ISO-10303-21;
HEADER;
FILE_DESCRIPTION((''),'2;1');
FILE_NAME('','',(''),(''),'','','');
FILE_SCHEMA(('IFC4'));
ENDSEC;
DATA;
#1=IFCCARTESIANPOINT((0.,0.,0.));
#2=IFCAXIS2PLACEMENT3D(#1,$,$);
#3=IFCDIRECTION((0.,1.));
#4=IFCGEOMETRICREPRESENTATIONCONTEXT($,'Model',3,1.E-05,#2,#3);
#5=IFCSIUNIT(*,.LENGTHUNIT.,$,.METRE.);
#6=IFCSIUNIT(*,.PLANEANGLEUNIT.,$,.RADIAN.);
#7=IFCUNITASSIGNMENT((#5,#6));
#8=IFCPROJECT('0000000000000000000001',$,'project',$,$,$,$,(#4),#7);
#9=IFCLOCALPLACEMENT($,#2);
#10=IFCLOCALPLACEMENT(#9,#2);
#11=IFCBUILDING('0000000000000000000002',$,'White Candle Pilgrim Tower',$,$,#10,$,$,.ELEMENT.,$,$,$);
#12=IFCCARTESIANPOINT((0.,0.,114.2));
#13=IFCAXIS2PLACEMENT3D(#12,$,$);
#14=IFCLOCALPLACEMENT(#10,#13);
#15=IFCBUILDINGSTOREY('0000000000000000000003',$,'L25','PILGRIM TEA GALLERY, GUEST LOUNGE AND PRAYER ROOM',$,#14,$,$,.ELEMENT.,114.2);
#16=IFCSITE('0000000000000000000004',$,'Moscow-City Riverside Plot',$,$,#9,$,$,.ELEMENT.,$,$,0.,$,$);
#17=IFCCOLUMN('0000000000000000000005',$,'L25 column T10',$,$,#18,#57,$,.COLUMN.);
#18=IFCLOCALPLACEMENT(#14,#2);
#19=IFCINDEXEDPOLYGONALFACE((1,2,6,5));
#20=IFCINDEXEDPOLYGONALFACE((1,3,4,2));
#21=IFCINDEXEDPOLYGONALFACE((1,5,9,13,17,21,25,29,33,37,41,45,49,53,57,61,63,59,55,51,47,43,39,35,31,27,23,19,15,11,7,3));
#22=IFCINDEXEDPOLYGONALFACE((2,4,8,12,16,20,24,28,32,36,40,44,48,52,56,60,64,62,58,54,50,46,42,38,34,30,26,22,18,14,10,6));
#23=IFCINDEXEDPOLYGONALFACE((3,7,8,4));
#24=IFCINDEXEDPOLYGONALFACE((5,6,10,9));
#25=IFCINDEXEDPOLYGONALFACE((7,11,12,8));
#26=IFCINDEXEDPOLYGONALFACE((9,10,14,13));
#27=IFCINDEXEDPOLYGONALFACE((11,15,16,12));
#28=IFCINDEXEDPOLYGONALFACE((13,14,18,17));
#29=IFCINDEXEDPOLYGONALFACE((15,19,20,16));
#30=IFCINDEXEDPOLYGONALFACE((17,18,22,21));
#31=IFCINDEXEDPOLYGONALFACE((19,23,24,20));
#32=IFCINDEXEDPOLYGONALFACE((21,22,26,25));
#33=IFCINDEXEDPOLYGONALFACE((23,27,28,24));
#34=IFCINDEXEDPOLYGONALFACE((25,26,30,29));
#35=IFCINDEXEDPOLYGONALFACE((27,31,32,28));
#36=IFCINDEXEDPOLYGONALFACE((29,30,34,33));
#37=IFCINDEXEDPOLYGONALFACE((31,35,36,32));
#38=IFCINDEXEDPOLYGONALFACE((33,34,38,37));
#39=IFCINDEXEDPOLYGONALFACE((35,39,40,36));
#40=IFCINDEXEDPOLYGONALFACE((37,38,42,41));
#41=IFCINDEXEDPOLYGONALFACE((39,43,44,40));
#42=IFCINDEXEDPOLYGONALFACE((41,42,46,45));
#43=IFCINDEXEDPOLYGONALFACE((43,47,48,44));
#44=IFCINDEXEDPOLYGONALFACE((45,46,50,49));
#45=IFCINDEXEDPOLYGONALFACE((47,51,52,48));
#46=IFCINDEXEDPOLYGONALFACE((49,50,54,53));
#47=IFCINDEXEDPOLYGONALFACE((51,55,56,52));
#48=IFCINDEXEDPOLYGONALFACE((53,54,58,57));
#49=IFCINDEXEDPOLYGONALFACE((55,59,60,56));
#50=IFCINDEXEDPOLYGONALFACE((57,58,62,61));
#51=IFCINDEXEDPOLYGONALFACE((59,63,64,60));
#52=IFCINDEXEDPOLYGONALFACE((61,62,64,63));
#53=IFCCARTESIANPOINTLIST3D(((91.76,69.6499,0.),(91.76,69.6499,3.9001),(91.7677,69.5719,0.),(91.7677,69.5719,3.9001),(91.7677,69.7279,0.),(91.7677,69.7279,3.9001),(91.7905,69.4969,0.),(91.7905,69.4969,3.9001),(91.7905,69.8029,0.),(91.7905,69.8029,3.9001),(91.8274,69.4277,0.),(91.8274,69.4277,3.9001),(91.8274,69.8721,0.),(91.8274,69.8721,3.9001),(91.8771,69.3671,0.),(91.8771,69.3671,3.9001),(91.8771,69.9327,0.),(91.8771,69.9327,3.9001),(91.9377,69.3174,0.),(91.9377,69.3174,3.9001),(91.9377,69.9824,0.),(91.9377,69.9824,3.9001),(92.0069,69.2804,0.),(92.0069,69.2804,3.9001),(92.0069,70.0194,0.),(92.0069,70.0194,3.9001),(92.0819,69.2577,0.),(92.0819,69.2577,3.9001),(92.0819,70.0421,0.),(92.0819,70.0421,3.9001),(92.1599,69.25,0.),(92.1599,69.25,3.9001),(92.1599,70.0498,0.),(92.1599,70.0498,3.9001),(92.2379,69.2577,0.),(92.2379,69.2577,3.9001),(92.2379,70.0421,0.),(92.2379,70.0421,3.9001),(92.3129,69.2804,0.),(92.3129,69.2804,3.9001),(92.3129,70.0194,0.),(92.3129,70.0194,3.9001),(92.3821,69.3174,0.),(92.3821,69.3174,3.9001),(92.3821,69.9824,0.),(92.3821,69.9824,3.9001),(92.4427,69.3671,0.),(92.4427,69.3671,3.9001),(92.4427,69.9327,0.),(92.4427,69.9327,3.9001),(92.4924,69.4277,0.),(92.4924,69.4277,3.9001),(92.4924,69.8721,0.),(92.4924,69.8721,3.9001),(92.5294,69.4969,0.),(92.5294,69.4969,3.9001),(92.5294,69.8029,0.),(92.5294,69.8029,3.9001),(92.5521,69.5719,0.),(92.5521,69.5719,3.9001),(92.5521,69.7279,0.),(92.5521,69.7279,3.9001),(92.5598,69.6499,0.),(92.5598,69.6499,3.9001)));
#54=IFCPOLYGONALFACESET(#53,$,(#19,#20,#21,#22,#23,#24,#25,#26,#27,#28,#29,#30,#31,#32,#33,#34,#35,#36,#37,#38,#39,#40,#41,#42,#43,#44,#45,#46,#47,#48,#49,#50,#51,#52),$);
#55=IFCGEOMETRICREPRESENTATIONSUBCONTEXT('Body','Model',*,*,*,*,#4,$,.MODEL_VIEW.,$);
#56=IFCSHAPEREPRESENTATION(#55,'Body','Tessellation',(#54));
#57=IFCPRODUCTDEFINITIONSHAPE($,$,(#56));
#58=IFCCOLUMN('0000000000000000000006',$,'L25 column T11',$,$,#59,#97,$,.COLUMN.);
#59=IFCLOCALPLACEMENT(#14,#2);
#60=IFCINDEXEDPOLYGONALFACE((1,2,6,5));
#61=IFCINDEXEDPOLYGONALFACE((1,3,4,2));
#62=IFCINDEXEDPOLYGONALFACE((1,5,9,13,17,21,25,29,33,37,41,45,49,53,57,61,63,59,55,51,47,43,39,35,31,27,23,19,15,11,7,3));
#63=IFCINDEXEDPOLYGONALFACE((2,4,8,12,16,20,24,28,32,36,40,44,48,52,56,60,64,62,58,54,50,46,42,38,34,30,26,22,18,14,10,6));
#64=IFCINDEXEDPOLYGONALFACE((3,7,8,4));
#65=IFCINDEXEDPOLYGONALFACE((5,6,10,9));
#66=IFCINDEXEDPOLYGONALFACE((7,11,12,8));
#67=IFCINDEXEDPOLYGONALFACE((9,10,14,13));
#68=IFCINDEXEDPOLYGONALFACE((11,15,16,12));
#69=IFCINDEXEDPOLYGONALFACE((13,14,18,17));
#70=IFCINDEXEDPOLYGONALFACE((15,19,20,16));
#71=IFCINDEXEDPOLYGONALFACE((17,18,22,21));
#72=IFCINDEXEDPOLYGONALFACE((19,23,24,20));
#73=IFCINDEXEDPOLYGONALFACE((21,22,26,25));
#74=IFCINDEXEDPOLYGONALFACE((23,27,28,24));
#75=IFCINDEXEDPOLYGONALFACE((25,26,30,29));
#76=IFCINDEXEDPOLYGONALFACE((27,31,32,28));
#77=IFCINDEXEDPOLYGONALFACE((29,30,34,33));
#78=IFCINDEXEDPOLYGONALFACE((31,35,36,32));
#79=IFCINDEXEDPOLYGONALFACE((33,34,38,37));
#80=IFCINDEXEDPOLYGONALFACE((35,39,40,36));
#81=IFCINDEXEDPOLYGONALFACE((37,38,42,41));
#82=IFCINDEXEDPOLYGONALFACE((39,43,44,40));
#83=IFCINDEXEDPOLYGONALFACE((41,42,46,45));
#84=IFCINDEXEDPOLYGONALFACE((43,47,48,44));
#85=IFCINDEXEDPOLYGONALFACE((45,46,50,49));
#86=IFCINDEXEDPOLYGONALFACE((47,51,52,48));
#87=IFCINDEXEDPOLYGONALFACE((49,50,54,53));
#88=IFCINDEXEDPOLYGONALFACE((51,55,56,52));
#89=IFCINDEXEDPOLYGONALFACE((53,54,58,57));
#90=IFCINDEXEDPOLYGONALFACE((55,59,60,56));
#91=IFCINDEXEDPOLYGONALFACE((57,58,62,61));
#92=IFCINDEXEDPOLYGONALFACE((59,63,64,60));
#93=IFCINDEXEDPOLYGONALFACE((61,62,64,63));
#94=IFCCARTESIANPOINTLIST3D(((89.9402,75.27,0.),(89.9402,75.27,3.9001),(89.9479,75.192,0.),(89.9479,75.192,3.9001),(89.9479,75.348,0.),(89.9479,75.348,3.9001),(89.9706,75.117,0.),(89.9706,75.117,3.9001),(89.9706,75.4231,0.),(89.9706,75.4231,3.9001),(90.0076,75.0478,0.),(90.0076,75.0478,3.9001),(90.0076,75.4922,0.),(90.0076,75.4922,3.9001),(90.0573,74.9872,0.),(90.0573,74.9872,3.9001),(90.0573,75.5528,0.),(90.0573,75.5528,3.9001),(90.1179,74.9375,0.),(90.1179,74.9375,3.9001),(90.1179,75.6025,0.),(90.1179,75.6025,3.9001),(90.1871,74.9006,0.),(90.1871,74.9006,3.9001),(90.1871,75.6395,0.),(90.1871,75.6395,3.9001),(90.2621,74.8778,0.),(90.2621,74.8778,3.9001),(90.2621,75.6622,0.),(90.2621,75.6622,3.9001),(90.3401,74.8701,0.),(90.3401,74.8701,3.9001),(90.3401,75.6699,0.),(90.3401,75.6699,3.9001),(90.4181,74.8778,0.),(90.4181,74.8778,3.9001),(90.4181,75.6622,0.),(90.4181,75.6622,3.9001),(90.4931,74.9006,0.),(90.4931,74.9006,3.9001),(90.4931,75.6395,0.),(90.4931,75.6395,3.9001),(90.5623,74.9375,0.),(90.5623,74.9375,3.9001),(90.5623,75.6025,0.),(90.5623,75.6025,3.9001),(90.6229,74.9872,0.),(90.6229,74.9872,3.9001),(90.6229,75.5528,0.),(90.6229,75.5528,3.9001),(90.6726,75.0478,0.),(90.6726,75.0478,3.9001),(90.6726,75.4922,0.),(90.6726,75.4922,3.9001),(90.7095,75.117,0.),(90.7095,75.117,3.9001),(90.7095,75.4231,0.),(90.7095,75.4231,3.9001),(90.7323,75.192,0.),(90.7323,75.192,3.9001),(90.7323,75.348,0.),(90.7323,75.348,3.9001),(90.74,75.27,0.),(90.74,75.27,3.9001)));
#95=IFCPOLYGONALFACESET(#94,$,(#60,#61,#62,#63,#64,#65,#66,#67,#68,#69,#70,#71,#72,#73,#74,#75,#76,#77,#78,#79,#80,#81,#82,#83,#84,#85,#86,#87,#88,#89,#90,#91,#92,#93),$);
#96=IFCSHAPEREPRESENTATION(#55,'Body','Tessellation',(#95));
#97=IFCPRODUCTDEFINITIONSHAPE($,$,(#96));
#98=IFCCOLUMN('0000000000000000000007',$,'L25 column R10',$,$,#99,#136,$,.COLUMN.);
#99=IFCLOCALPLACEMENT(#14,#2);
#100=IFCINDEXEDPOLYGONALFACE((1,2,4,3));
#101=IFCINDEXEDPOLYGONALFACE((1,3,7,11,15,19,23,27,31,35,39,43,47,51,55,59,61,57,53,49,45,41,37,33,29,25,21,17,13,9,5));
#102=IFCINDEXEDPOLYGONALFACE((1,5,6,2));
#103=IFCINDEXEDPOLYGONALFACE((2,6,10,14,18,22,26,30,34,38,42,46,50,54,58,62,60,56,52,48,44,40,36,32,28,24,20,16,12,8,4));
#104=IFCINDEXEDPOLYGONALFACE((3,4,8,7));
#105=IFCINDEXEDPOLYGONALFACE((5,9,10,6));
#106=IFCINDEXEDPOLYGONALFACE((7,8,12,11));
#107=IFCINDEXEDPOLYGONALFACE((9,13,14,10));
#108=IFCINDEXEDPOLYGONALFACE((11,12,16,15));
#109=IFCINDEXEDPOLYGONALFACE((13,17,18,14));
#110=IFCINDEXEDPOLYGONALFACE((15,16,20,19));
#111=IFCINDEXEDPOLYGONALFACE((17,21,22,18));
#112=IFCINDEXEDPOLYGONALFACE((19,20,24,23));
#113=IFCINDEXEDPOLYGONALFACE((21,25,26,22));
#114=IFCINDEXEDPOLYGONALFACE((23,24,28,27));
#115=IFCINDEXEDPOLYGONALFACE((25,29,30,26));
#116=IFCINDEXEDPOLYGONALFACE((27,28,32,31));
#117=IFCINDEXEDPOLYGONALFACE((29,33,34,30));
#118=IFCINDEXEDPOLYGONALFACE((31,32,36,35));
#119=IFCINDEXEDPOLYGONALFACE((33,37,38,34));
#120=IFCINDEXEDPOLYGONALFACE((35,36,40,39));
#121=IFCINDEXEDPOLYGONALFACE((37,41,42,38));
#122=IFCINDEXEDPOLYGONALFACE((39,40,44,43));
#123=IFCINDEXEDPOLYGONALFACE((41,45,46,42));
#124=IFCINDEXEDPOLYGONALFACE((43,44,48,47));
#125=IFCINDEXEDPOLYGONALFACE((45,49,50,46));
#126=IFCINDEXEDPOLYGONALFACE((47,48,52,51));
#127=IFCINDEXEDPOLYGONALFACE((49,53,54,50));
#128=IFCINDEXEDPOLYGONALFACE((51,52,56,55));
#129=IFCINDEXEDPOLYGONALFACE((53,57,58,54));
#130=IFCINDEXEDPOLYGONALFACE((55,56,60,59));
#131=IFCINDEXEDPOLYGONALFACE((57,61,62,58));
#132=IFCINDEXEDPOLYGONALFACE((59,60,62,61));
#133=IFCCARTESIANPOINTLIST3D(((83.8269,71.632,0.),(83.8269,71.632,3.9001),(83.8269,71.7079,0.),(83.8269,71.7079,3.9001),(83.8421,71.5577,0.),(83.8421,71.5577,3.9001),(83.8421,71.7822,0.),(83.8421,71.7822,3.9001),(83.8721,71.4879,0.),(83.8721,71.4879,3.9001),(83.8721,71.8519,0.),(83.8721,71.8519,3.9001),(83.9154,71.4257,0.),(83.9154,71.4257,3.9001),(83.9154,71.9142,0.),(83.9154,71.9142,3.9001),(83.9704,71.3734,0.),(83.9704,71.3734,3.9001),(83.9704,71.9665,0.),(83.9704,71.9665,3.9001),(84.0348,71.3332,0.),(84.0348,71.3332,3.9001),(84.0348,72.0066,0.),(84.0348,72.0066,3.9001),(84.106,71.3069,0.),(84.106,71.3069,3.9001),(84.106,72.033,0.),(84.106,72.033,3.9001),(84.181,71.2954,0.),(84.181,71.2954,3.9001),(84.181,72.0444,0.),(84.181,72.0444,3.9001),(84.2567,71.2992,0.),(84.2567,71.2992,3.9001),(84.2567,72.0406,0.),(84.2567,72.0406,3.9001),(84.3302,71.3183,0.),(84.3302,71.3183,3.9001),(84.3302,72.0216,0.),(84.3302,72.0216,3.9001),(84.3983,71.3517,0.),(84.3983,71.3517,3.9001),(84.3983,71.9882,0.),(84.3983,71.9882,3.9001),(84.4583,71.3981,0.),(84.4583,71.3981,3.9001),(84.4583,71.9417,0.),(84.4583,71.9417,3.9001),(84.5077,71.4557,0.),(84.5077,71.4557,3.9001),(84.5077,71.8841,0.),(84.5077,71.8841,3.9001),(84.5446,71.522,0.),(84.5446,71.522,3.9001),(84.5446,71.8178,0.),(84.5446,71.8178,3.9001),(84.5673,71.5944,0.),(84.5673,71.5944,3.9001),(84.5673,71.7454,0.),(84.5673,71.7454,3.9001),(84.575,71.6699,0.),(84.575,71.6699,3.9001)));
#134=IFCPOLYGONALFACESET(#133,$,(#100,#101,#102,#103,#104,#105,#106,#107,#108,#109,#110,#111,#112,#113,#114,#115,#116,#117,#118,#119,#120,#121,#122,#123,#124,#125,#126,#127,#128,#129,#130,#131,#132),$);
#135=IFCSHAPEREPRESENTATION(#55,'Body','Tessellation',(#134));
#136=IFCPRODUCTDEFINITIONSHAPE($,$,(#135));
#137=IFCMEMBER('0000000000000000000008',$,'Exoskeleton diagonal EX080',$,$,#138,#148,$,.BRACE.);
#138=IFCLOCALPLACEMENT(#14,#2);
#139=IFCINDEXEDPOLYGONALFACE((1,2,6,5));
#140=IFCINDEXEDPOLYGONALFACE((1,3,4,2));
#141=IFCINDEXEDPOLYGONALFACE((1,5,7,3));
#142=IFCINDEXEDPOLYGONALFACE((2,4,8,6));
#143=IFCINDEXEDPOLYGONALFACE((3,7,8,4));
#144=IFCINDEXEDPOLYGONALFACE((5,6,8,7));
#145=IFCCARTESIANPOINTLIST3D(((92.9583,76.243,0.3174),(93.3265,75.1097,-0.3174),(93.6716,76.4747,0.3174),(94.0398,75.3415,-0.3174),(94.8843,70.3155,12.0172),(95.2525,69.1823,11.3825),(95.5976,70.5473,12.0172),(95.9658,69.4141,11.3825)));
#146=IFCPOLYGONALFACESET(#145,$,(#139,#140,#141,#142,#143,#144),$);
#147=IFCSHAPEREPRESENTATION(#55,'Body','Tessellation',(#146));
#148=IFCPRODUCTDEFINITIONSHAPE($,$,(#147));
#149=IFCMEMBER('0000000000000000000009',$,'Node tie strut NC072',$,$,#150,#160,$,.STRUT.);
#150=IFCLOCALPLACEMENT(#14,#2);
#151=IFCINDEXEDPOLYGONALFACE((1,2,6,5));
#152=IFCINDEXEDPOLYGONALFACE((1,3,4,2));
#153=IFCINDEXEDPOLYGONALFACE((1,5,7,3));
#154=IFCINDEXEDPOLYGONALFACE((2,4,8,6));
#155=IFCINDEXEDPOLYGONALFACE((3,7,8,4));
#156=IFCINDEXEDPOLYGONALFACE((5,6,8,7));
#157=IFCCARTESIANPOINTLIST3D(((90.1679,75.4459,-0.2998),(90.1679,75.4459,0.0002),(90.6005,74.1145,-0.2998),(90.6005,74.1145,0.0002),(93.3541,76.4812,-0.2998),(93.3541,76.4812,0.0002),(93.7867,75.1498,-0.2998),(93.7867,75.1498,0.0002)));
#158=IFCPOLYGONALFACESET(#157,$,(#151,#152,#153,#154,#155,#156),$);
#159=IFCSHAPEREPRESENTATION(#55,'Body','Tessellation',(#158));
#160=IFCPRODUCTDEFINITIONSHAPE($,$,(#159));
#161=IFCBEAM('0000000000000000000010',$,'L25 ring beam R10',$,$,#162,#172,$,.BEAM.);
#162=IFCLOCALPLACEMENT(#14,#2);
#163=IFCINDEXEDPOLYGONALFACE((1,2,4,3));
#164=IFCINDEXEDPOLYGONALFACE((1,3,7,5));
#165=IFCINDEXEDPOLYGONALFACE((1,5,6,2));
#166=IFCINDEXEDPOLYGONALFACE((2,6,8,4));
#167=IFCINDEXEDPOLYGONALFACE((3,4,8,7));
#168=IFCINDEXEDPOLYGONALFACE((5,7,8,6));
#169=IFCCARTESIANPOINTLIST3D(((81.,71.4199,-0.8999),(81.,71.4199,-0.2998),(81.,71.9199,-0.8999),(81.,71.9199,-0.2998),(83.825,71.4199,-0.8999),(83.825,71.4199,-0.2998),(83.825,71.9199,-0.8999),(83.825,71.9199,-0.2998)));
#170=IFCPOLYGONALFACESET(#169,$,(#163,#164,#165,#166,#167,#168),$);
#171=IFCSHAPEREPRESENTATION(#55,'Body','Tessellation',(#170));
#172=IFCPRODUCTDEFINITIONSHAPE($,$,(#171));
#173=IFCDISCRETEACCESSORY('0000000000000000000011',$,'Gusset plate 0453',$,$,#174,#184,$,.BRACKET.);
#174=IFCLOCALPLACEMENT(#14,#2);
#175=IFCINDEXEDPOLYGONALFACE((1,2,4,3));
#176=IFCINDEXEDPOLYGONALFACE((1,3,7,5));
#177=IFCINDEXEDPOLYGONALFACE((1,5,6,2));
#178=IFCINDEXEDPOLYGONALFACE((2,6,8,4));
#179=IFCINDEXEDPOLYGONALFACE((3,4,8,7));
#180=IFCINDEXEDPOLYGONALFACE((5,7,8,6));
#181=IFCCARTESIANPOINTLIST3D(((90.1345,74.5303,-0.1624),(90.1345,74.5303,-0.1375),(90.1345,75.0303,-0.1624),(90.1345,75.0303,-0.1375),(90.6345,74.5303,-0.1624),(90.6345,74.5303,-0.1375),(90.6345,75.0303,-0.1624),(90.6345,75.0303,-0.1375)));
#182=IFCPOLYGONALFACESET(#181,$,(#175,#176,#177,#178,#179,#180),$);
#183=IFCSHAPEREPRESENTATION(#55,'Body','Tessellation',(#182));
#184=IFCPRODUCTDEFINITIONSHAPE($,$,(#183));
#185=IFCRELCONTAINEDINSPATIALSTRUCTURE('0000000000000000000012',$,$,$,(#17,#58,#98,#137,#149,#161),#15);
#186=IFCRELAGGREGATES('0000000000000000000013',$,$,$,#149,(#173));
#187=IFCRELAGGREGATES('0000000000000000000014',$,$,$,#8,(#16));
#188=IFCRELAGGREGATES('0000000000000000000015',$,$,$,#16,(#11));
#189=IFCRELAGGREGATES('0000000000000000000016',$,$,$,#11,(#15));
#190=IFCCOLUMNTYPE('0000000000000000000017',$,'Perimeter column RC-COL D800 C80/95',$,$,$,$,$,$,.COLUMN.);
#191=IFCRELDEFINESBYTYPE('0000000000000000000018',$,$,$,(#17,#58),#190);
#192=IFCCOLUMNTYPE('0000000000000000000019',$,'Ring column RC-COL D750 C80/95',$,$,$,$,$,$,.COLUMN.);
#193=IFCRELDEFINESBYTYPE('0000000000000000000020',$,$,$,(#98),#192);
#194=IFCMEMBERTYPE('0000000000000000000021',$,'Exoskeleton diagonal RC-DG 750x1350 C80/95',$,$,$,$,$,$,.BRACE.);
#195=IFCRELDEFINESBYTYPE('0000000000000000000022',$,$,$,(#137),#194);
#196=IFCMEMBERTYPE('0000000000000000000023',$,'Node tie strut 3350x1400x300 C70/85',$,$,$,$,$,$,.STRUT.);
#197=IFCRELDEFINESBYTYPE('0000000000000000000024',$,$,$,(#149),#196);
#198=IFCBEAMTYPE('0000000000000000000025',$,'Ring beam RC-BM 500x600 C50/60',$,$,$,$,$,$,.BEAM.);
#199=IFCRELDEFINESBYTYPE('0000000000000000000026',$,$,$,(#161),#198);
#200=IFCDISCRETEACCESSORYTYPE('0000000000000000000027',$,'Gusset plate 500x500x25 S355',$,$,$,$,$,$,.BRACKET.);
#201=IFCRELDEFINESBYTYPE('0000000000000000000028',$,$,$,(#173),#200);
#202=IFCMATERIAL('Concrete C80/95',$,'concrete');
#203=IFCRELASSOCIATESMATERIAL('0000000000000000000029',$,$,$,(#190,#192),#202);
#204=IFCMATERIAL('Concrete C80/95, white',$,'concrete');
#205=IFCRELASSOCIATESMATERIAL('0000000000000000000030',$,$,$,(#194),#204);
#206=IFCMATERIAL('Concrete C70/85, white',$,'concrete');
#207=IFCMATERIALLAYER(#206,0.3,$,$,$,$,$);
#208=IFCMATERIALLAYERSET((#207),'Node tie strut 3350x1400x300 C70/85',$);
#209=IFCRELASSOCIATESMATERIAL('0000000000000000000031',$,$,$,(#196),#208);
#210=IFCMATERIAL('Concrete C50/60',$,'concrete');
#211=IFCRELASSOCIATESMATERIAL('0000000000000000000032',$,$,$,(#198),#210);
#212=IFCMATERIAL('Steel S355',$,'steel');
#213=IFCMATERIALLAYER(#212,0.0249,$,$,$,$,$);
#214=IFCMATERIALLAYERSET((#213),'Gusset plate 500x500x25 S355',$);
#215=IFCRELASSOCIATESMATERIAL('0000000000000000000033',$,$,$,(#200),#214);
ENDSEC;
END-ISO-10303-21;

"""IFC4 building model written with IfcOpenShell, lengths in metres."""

from ifc_helpers import new_model, si_unit, direction, frame, origin, origin_2d, place, context, subcontext, project, spatial, rectangle, circle, extrude, material, layer, layer_set, material_profile, profile_set, type_object, element, aggregate, save


model = new_model("IFC4")

# Units and contexts
model_context = context("Model", 3, precision=1e-05, world=origin(), true_north=direction((0.0, 1.0)))
body_context = subcontext(model_context, "Body", "Model", "MODEL_VIEW")
ifc_project = project(units=[si_unit("LENGTHUNIT", "METRE"), si_unit("PLANEANGLEUNIT", "RADIAN")], contexts=[model_context])

# Site, building, storey
site_placement = place(None, origin())
site = spatial("IfcSite", under=ifc_project, at=site_placement, Name="Moscow-City Riverside Plot", CompositionType="ELEMENT", RefElevation=0.0)
building_placement = place(site_placement, origin())
building = spatial("IfcBuilding", under=site, at=building_placement, Name="White Candle Pilgrim Tower", CompositionType="ELEMENT")
storey_placement = place(building_placement, frame((0.0, 0.0, 114.2)))
storey = spatial("IfcBuildingStorey", under=building, at=storey_placement, Name="L25", Description="PILGRIM TEA GALLERY, GUEST LOUNGE AND PRAYER ROOM", CompositionType="ELEMENT", Elevation=114.2)

# Columns
ifc_material_1 = material(Name="Concrete C80/95", Category="concrete")
ifc_material_profile_1 = material_profile(ifc_material_1, circle(Radius=0.3999, at=origin_2d()), Name="RC-COL D800")
ifc_profile_set_1 = profile_set([ifc_material_profile_1], Name="Concrete C80/95")
column_type_1 = type_object("IfcColumnType", Name="Perimeter column RC-COL D800 C80/95", PredefinedType="COLUMN", material=ifc_profile_set_1)
for number, where, z_axis, x_axis, name in (
    (1, (92.1599, 69.6499, 0.0), (0.0, 0.0, 1.0), (1.0, 0.0, 0.0), "L25 column T10"),
    (2, (90.3401, 75.27, 0.0), (0.0, 0.0, 1.0), (1.0, 0.0, 0.0), "L25 column T11"),
):
    element("IfcColumn", number, at=place(storey_placement, frame(where, z_axis=z_axis, x_axis=x_axis)), inside=storey, type_object=column_type_1, Name=name, PredefinedType="COLUMN", context=body_context, shape_type="SweptSolid", body=[
        extrude(circle(Radius=0.3999, at=origin_2d()), origin(), (0.0, 0.0, 1.0), 3.9001),
    ])
ifc_material_profile_2 = material_profile(ifc_material_1, circle(Radius=0.375, at=origin_2d()), Name="RC-COL D750")
ifc_profile_set_2 = profile_set([ifc_material_profile_2], Name="Concrete C80/95")
column_type_2 = type_object("IfcColumnType", Name="Ring column RC-COL D750 C80/95", PredefinedType="COLUMN", material=ifc_profile_set_2)
column_placement = place(storey_placement, frame((84.2, 71.6699, 0.0), z_axis=(0.0, 0.0, 1.0), x_axis=(1.0, 0.0, 0.0)))
element("IfcColumn", 3, at=column_placement, inside=storey, type_object=column_type_2, Name="L25 column R10", PredefinedType="COLUMN", context=body_context, shape_type="SweptSolid", body=[
    extrude(circle(Radius=0.375, at=origin_2d()), origin(), (0.0, 0.0, 1.0), 3.9001),
])

# Members
ifc_material_2 = material(Name="Concrete C80/95, white", Category="concrete")
ifc_material_profile_3 = material_profile(ifc_material_2, rectangle(XDim=0.75, YDim=1.3501, at=origin_2d()), Name="RC-DG 750x1350")
ifc_profile_set_3 = profile_set([ifc_material_profile_3], Name="Concrete C80/95, white")
member_type_1 = type_object("IfcMemberType", Name="Exoskeleton diagonal RC-DG 750x1350 C80/95", PredefinedType="BRACE", material=ifc_profile_set_3)
member_1_placement = place(storey_placement, frame((93.499, 75.7922, 0.0), z_axis=(0.14529, -0.44714, 0.882585), x_axis=(0.951053, 0.309027, 0.0)))
element("IfcMember", 4, at=member_1_placement, inside=storey, type_object=member_type_1, Name="Exoskeleton diagonal EX080", PredefinedType="BRACE", context=body_context, shape_type="SweptSolid", body=[
    extrude(rectangle(XDim=0.75, YDim=1.3501, at=origin_2d()), origin(), (0.0, 0.0, 1.0), 13.2563),
])
ifc_material_3 = material(Name="Concrete C70/85, white", Category="concrete")
ifc_layer_1 = layer(ifc_material_3, 0.3)
ifc_layer_set_1 = layer_set([ifc_layer_1], Name="Node tie strut 3350x1400x300 C70/85")
member_type_2 = type_object("IfcMemberType", Name="Node tie strut 3350x1400x300 C70/85", PredefinedType="STRUT", material=ifc_layer_set_1)
member_2_placement = place(storey_placement, frame((91.9773, 75.2979, -0.2998), z_axis=(0.0, 0.0, 1.0), x_axis=(-0.309017, 0.951057, 0.0)))
member_2 = element("IfcMember", 5, at=member_2_placement, inside=storey, type_object=member_type_2, Name="Node tie strut NC072", PredefinedType="STRUT", context=body_context, shape_type="SweptSolid", body=[
    extrude(rectangle(XDim=1.3999, YDim=3.3501, at=origin_2d()), origin(), (0.0, 0.0, 1.0), 0.3),
])

# Beam
ifc_material_4 = material(Name="Concrete C50/60", Category="concrete")
ifc_material_profile_4 = material_profile(ifc_material_4, rectangle(XDim=0.5, YDim=0.6001, at=origin_2d()), Name="RC-BM 500x600")
ifc_profile_set_4 = profile_set([ifc_material_profile_4], Name="Concrete C50/60")
beam_type_1 = type_object("IfcBeamType", Name="Ring beam RC-BM 500x600 C50/60", PredefinedType="BEAM", material=ifc_profile_set_4)
beam_1_placement = place(storey_placement, frame((83.825, 71.6699, -0.5999), z_axis=(-1.0, 0.0, 0.0), x_axis=(0.0, -1.0, 0.0)))
element("IfcBeam", 6, at=beam_1_placement, inside=storey, type_object=beam_type_1, Name="L25 ring beam R10", PredefinedType="BEAM", context=body_context, shape_type="SweptSolid", body=[
    extrude(rectangle(XDim=0.5, YDim=0.6001, at=origin_2d()), origin(), (0.0, 0.0, 1.0), 2.825),
])

# Discrete accessory
ifc_material_5 = material(Name="Steel S355", Category="steel")
ifc_layer_2 = layer(ifc_material_5, 0.0249)
ifc_layer_set_2 = layer_set([ifc_layer_2], Name="Gusset plate 500x500x25 S355")
discrete_accessory_type = type_object("IfcDiscreteAccessoryType", Name="Gusset plate 500x500x25 S355", PredefinedType="BRACKET", material=ifc_layer_set_2)
discrete_accessory_placement = place(storey_placement, frame((90.3845, 74.7803, -0.1624), z_axis=(0.0, 0.0, 1.0), x_axis=(1.0, 0.0, 0.0)))
discrete_accessory = element("IfcDiscreteAccessory", 7, at=discrete_accessory_placement, type_object=discrete_accessory_type, Name="Gusset plate 0453", PredefinedType="BRACKET", context=body_context, shape_type="SweptSolid", body=[
    extrude(rectangle(XDim=0.5, YDim=0.5, at=origin_2d()), origin(), (0.0, 0.0, 1.0), 0.0249),
])
aggregate(member_2, [discrete_accessory])

save(model, "model.ifc")
